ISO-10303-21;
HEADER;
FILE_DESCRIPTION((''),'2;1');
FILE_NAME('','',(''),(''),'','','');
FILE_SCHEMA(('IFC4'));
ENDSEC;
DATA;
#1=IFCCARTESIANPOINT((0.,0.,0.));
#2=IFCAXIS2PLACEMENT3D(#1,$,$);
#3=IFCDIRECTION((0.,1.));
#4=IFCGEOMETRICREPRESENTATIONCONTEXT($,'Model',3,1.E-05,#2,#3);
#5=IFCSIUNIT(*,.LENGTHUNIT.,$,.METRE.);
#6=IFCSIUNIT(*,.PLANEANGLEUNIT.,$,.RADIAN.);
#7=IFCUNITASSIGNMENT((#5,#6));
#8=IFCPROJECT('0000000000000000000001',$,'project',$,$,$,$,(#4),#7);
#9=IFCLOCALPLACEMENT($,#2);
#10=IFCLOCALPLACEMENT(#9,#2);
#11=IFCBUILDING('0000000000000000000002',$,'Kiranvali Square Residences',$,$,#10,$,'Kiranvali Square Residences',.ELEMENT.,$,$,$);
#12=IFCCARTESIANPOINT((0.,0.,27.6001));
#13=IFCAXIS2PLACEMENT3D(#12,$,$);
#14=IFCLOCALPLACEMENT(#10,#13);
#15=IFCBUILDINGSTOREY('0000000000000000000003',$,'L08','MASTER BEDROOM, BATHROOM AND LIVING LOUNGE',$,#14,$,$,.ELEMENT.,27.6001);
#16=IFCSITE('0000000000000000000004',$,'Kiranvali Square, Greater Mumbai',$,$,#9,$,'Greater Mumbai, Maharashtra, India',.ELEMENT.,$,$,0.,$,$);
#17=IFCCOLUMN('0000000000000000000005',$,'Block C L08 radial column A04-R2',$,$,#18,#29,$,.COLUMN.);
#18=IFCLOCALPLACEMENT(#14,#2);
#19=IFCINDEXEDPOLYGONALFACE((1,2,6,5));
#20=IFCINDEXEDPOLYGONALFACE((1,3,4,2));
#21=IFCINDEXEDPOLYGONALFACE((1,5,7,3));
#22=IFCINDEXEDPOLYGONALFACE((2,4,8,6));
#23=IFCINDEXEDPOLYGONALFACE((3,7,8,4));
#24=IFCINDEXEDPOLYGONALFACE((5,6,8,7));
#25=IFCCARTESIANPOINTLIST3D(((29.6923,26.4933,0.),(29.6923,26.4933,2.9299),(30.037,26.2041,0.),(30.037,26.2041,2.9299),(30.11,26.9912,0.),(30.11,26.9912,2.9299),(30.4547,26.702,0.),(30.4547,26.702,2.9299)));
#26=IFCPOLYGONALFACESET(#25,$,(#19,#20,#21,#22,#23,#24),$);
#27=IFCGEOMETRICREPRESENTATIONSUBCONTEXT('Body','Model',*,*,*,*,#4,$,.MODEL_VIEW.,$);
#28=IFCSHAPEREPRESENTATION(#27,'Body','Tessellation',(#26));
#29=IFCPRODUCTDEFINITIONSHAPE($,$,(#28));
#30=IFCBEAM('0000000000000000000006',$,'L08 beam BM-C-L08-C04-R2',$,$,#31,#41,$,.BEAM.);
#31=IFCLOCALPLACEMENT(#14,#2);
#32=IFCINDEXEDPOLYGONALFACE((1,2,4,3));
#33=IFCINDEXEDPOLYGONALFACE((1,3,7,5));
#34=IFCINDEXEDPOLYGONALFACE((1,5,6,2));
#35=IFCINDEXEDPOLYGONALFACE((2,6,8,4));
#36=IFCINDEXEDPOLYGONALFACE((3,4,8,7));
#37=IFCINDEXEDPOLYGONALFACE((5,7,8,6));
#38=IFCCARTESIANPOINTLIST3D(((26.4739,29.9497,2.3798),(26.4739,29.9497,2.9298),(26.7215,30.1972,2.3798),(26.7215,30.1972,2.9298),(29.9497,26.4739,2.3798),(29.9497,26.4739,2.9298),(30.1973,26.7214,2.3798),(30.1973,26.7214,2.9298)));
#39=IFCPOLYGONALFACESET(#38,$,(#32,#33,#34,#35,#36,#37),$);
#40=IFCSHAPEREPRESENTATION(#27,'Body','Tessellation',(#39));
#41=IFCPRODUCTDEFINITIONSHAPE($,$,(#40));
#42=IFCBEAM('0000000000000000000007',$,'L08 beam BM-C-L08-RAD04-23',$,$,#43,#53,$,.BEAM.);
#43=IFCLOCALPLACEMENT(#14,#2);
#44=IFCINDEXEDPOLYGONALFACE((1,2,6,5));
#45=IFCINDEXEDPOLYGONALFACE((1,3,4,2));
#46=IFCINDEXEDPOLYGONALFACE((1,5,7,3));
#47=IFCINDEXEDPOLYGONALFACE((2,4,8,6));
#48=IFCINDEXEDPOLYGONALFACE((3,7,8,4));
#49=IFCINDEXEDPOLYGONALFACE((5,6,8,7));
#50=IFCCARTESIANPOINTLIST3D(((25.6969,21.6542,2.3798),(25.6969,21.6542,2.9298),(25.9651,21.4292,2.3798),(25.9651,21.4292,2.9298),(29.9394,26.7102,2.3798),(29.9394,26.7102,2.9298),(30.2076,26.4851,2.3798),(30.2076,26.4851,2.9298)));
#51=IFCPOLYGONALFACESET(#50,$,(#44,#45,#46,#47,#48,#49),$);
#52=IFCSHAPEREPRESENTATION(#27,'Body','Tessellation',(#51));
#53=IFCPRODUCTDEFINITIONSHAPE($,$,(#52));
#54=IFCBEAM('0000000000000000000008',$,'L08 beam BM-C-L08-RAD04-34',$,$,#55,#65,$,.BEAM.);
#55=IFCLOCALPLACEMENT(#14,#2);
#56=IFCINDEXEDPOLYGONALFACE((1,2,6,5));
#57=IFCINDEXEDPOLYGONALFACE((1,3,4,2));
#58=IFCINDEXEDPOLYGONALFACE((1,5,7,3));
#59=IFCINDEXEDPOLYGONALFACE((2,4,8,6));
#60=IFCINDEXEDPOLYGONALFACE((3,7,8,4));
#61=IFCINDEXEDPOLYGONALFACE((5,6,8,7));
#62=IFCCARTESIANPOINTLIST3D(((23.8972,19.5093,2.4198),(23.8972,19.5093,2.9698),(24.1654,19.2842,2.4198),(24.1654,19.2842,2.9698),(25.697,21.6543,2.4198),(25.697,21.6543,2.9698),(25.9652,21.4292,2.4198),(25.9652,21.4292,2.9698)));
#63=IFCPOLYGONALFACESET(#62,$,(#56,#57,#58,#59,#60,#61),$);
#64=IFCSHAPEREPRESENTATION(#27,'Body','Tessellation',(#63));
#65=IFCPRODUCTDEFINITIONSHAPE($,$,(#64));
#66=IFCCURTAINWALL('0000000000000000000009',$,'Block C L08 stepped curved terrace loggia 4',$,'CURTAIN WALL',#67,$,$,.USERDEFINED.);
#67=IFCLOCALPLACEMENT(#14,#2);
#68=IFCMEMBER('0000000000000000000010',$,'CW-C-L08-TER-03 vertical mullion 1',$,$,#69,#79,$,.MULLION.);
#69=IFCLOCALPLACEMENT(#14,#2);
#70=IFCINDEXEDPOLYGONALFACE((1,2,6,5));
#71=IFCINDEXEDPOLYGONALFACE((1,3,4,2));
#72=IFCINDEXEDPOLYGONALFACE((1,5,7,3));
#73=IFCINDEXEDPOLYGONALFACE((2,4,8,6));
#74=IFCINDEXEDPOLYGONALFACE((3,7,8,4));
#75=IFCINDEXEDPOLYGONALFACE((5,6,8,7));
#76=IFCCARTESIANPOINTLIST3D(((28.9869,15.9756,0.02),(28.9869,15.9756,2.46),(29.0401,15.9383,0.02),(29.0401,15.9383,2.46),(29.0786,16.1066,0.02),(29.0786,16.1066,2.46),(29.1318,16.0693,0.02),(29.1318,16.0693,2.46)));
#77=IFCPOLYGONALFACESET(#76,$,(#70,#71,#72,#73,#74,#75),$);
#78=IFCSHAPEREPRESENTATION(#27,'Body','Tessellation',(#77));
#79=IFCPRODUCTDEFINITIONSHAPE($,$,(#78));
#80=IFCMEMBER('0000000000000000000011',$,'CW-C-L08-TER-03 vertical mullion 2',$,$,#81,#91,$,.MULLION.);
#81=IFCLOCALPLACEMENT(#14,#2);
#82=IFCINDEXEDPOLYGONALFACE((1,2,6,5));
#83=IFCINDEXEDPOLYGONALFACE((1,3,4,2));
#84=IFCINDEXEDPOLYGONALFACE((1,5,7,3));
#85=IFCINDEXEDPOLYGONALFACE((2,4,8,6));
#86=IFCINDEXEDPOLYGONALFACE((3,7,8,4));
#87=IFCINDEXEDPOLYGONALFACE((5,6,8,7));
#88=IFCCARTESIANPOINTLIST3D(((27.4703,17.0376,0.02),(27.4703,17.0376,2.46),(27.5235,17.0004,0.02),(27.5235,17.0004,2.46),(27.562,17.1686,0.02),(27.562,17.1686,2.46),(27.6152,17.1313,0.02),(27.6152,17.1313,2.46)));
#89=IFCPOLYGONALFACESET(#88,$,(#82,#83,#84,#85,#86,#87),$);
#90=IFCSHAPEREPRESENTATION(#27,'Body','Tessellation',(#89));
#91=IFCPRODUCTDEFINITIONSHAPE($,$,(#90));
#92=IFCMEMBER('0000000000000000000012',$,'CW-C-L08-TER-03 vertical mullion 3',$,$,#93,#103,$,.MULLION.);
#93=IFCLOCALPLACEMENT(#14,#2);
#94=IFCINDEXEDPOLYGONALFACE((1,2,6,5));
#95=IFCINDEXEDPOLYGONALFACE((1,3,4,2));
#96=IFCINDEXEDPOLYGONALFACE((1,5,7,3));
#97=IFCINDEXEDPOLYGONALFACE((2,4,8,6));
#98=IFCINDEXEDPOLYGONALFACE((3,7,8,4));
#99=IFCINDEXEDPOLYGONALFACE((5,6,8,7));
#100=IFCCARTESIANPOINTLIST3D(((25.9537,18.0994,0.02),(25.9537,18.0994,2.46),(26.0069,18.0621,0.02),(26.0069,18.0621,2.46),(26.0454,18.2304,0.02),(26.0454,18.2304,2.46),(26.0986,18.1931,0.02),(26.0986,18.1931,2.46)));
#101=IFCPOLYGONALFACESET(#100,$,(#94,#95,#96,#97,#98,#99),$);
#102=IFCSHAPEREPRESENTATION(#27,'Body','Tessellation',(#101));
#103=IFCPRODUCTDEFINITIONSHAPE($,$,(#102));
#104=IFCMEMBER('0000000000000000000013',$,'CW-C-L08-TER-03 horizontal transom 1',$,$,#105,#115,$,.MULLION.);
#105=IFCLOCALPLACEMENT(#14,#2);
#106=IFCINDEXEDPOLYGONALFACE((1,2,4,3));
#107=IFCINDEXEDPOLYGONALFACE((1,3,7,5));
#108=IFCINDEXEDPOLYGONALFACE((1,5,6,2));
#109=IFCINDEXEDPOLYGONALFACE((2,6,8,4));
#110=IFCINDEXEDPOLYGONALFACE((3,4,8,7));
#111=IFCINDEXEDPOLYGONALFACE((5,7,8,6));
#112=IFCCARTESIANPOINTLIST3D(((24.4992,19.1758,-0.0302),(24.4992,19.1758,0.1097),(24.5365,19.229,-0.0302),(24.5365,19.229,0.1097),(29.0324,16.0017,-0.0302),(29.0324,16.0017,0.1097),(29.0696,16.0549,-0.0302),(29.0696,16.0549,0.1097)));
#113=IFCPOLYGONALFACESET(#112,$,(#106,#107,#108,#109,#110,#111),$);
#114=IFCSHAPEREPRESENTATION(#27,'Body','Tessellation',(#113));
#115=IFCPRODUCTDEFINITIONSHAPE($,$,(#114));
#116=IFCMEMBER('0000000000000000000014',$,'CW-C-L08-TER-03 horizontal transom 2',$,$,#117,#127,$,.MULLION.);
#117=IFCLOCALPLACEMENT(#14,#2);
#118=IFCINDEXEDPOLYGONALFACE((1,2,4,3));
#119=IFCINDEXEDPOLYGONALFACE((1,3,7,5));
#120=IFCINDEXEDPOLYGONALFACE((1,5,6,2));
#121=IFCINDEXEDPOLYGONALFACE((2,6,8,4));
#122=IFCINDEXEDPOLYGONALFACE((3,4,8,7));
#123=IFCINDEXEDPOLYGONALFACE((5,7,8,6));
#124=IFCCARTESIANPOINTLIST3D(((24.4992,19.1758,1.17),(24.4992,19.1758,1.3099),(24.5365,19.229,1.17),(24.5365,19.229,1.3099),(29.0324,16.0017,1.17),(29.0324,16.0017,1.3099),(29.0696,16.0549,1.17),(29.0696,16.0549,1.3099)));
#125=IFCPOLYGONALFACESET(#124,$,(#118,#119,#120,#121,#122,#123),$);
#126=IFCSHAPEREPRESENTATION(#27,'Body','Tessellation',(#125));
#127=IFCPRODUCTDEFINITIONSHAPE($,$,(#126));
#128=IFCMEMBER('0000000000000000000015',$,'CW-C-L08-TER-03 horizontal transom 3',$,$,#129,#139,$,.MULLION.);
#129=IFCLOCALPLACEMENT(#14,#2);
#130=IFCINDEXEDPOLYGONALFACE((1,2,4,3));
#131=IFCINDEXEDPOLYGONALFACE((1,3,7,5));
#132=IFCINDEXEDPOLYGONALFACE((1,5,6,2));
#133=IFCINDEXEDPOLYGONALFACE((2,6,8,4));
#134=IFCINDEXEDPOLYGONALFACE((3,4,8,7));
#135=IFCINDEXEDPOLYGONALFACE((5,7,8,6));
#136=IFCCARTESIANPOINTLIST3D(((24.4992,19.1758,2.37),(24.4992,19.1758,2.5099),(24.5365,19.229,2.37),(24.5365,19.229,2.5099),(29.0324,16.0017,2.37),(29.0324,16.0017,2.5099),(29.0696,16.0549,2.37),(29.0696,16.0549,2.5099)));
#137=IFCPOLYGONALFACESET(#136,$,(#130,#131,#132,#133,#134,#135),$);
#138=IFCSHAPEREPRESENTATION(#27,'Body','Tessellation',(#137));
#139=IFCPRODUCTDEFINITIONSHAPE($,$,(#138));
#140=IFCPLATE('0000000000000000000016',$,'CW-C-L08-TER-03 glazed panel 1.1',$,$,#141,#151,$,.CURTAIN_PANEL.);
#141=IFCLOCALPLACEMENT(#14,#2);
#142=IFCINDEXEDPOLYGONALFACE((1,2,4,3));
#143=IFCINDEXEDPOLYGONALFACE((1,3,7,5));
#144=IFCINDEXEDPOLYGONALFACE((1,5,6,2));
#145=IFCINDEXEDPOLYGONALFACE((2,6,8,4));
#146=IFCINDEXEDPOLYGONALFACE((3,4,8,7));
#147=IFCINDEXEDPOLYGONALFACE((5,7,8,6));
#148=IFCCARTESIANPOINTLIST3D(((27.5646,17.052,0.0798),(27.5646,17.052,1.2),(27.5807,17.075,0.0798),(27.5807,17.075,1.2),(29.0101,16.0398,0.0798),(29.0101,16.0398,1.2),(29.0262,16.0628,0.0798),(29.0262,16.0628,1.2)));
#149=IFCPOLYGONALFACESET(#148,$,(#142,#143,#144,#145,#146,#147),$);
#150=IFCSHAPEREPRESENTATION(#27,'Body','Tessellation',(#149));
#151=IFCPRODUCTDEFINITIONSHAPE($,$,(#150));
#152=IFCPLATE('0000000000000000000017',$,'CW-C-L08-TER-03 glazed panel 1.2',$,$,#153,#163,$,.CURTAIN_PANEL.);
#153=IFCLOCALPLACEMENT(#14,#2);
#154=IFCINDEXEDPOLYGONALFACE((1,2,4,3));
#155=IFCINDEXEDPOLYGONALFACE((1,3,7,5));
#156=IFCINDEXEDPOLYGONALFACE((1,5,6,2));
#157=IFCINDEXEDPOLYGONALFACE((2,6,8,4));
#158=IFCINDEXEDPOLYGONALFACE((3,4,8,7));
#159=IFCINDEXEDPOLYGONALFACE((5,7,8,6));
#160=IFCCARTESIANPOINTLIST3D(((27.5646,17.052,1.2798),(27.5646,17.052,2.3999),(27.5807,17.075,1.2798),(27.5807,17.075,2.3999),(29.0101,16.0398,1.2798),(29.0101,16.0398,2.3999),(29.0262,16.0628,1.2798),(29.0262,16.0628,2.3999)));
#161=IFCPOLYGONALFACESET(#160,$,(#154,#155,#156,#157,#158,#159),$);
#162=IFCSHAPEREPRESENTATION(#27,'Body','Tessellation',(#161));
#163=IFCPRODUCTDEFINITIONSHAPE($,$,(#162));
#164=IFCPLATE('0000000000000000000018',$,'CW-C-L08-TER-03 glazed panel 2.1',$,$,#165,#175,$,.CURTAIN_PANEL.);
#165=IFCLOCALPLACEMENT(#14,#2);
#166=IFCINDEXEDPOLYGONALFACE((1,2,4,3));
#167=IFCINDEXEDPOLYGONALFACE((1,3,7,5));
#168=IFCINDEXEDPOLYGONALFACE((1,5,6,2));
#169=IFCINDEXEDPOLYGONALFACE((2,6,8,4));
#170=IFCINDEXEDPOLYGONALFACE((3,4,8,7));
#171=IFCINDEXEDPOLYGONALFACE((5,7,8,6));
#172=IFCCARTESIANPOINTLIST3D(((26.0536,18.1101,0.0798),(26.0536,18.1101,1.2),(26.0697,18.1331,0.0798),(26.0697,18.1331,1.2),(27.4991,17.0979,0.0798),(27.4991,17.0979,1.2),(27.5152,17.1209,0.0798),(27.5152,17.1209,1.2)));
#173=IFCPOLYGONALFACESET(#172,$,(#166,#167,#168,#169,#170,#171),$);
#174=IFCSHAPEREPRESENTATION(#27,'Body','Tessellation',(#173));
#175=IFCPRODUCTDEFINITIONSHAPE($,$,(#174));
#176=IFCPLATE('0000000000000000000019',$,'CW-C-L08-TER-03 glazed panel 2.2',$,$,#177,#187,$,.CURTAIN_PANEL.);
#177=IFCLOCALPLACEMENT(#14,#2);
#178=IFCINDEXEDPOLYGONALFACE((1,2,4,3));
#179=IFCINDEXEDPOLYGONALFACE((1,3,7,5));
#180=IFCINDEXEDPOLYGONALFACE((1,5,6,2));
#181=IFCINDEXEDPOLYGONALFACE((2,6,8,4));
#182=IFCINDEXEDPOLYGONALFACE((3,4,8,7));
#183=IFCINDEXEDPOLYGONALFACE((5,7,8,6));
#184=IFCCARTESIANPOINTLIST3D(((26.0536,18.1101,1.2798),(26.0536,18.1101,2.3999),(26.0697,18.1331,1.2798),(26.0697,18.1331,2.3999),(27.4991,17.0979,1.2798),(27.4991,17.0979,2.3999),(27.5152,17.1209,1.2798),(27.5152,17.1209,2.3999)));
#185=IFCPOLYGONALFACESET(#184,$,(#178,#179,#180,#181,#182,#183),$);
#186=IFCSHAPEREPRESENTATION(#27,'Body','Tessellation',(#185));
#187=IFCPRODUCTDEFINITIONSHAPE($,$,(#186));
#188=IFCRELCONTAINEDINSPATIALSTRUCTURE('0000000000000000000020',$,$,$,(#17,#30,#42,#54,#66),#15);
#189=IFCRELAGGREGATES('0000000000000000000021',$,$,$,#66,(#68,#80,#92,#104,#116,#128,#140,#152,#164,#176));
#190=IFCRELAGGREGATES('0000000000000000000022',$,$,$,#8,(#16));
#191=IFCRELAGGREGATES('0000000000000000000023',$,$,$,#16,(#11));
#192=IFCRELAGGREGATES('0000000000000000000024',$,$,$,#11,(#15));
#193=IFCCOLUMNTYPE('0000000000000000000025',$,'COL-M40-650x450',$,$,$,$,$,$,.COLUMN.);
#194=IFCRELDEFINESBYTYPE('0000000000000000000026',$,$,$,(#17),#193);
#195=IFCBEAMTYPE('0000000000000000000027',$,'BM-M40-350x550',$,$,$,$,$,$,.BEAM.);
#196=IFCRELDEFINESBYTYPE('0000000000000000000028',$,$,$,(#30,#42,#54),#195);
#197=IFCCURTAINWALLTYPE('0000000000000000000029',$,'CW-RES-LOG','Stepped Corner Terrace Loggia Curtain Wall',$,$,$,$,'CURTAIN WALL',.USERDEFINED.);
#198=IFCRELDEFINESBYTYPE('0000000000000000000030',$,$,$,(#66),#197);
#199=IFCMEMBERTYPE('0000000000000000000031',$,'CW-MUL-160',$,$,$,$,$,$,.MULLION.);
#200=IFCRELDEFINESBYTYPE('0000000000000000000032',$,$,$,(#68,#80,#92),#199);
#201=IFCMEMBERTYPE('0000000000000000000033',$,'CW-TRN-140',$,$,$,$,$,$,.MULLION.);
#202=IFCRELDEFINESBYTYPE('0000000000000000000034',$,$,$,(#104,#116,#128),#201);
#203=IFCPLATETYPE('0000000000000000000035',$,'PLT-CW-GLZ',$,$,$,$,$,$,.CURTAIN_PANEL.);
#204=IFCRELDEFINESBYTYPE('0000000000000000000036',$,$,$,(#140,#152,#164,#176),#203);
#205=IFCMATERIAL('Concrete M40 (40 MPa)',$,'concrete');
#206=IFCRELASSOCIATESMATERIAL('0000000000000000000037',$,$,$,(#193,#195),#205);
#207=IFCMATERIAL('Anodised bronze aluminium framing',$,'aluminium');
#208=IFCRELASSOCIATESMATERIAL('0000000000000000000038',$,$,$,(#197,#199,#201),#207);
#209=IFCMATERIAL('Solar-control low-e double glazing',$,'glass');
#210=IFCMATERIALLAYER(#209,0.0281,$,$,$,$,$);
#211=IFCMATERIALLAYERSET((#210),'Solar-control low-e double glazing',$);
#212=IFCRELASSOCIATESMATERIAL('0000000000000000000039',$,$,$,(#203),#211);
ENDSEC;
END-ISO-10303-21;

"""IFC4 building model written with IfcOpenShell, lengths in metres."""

from ifc_helpers import new_model, si_unit, direction, frame, origin, origin_2d, place, context, subcontext, project, spatial, rectangle, extrude, material, layer, layer_set, material_profile, profile_set, type_object, element, aggregate, save


model = new_model("IFC4")

# Units and contexts
model_context = context("Model", 3, precision=1e-05, world=origin(), true_north=direction((0.0, 1.0)))
body_context = subcontext(model_context, "Body", "Model", "MODEL_VIEW")
ifc_project = project(units=[si_unit("LENGTHUNIT", "METRE"), si_unit("PLANEANGLEUNIT", "RADIAN")], contexts=[model_context])

# Site, building, storey
site_placement = place(None, origin())
site = spatial("IfcSite", under=ifc_project, at=site_placement, Name="Kiranvali Square, Greater Mumbai", LongName="Greater Mumbai, Maharashtra, India", CompositionType="ELEMENT", RefElevation=0.0)
building_placement = place(site_placement, origin())
building = spatial("IfcBuilding", under=site, at=building_placement, Name="Kiranvali Square Residences", LongName="Kiranvali Square Residences", CompositionType="ELEMENT")
storey_placement = place(building_placement, frame((0.0, 0.0, 27.6001)))
storey = spatial("IfcBuildingStorey", under=building, at=storey_placement, Name="L08", Description="MASTER BEDROOM, BATHROOM AND LIVING LOUNGE", CompositionType="ELEMENT", Elevation=27.6001)

# Column
ifc_material_1 = material(Name="Concrete M40 (40 MPa)", Category="concrete")
ifc_material_profile_1 = material_profile(ifc_material_1, rectangle(XDim=0.45, YDim=0.6499, at=origin_2d()), Name="RC 650x450")
ifc_profile_set_1 = profile_set([ifc_material_profile_1], Name="Concrete M40 (40 MPa)")
column_type = type_object("IfcColumnType", Name="COL-M40-650x450", PredefinedType="COLUMN", material=ifc_profile_set_1)
column_placement = place(storey_placement, frame((30.0735, 26.5977, 0.0), z_axis=(0.0, 0.0, 1.0), x_axis=(-0.766044, 0.642788, 0.0)))
element("IfcColumn", 1, at=column_placement, inside=storey, type_object=column_type, Name="Block C L08 radial column A04-R2", PredefinedType="COLUMN", context=body_context, shape_type="SweptSolid", body=[
    extrude(rectangle(XDim=0.45, YDim=0.6499, at=origin_2d()), origin(), (0.0, 0.0, 1.0), 2.9299),
])

# Beams
ifc_material_profile_2 = material_profile(ifc_material_1, rectangle(XDim=0.3501, YDim=0.55, at=origin_2d()), Name="RC 350x550")
ifc_profile_set_2 = profile_set([ifc_material_profile_2], Name="Concrete M40 (40 MPa)")
beam_type = type_object("IfcBeamType", Name="BM-M40-350x550", PredefinedType="BEAM", material=ifc_profile_set_2)
beam_1_placement = place(storey_placement, frame((30.0735, 26.5977, 2.6548), z_axis=(-0.707107, 0.707107, 0.0), x_axis=(-0.707107, -0.707107, 0.0)))
element("IfcBeam", 2, at=beam_1_placement, inside=storey, type_object=beam_type, Name="L08 beam BM-C-L08-C04-R2", PredefinedType="BEAM", context=body_context, shape_type="SweptSolid", body=[
    extrude(rectangle(XDim=0.3501, YDim=0.55, at=origin_2d()), origin(), (0.0, 0.0, 1.0), 4.9155),
])
beam_2_placement = place(storey_placement, frame((30.0735, 26.5977, 2.6548), z_axis=(-0.642789, -0.766043, 0.0), x_axis=(0.766043, -0.642789, 0.0)))
element("IfcBeam", 3, at=beam_2_placement, inside=storey, type_object=beam_type, Name="L08 beam BM-C-L08-RAD04-23", PredefinedType="BEAM", context=body_context, shape_type="SweptSolid", body=[
    extrude(rectangle(XDim=0.3501, YDim=0.55, at=origin_2d()), origin(), (0.0, 0.0, 1.0), 6.6001),
])
beam_3_placement = place(storey_placement, frame((25.8311, 21.5417, 2.6948), z_axis=(-0.642771, -0.766059, 0.0), x_axis=(0.766059, -0.642771, 0.0)))
element("IfcBeam", 4, at=beam_3_placement, inside=storey, type_object=beam_type, Name="L08 beam BM-C-L08-RAD04-34", PredefinedType="BEAM", context=body_context, shape_type="SweptSolid", body=[
    extrude(rectangle(XDim=0.3501, YDim=0.55, at=origin_2d()), origin(), (0.0, 0.0, 1.0), 2.8),
])

# Curtain wall, members, plates
ifc_material_2 = material(Name="Anodised bronze aluminium framing", Category="aluminium")
curtain_wall_type = type_object("IfcCurtainWallType", Name="CW-RES-LOG", Description="Stepped Corner Terrace Loggia Curtain Wall", ElementType="CURTAIN WALL", PredefinedType="USERDEFINED", material=ifc_material_2)
curtain_wall_placement = place(storey_placement, origin())
curtain_wall = element("IfcCurtainWall", 5, at=curtain_wall_placement, inside=storey, type_object=curtain_wall_type, Name="Block C L08 stepped curved terrace loggia 4", ObjectType="CURTAIN WALL", PredefinedType="USERDEFINED")
ifc_material_profile_3 = material_profile(ifc_material_2, rectangle(XDim=0.0649, YDim=0.1599, at=origin_2d()), Name="ALU 65x160")
ifc_profile_set_3 = profile_set([ifc_material_profile_3], Name="Anodised bronze aluminium framing")
member_type_1 = type_object("IfcMemberType", Name="CW-MUL-160", PredefinedType="MULLION", material=ifc_profile_set_3)
member_1_placement = place(storey_placement, frame((29.0593, 16.0225, 0.02), z_axis=(0.0, 0.0, 1.0), x_axis=(-0.819152, 0.573576, 0.0)))
member_1 = element("IfcMember", 6, at=member_1_placement, type_object=member_type_1, Name="CW-C-L08-TER-03 vertical mullion 1", PredefinedType="MULLION", context=body_context, shape_type="SweptSolid", body=[
    extrude(rectangle(XDim=0.0649, YDim=0.1599, at=origin_2d()), origin(), (0.0, 0.0, 1.0), 2.4399),
])
member_2_placement = place(storey_placement, frame((27.5427, 17.0845, 0.02), z_axis=(0.0, 0.0, 1.0), x_axis=(-0.819152, 0.573576, 0.0)))
member_2 = element("IfcMember", 7, at=member_2_placement, type_object=member_type_1, Name="CW-C-L08-TER-03 vertical mullion 2", PredefinedType="MULLION", context=body_context, shape_type="SweptSolid", body=[
    extrude(rectangle(XDim=0.0649, YDim=0.1599, at=origin_2d()), origin(), (0.0, 0.0, 1.0), 2.4399),
])
member_3_placement = place(storey_placement, frame((26.0261, 18.1462, 0.02), z_axis=(0.0, 0.0, 1.0), x_axis=(-0.819152, 0.573576, 0.0)))
member_3 = element("IfcMember", 8, at=member_3_placement, type_object=member_type_1, Name="CW-C-L08-TER-03 vertical mullion 3", PredefinedType="MULLION", context=body_context, shape_type="SweptSolid", body=[
    extrude(rectangle(XDim=0.0649, YDim=0.1599, at=origin_2d()), origin(), (0.0, 0.0, 1.0), 2.4399),
])
ifc_material_profile_4 = material_profile(ifc_material_2, rectangle(XDim=0.0649, YDim=0.1399, at=origin_2d()), Name="ALU 65x140")
ifc_profile_set_4 = profile_set([ifc_material_profile_4], Name="Anodised bronze aluminium framing")
member_type_2 = type_object("IfcMemberType", Name="CW-TRN-140", PredefinedType="MULLION", material=ifc_profile_set_4)
member_4_placement = place(storey_placement, frame((29.051, 16.0283, 0.0398), z_axis=(-0.819161, 0.573563, 0.0), x_axis=(-0.573563, -0.819161, 0.0)))
member_4 = element("IfcMember", 9, at=member_4_placement, type_object=member_type_2, Name="CW-C-L08-TER-03 horizontal transom 1", PredefinedType="MULLION", context=body_context, shape_type="SweptSolid", body=[
    extrude(rectangle(XDim=0.0649, YDim=0.1399, at=origin_2d()), origin(), (0.0, 0.0, 1.0), 5.5339),
])
member_5_placement = place(storey_placement, frame((29.051, 16.0283, 1.24), z_axis=(-0.819161, 0.573563, 0.0), x_axis=(-0.573563, -0.819161, 0.0)))
member_5 = element("IfcMember", 10, at=member_5_placement, type_object=member_type_2, Name="CW-C-L08-TER-03 horizontal transom 2", PredefinedType="MULLION", context=body_context, shape_type="SweptSolid", body=[
    extrude(rectangle(XDim=0.0649, YDim=0.1399, at=origin_2d()), origin(), (0.0, 0.0, 1.0), 5.5339),
])
member_6_placement = place(storey_placement, frame((29.051, 16.0283, 2.4399), z_axis=(-0.819161, 0.573563, 0.0), x_axis=(-0.573563, -0.819161, 0.0)))
member_6 = element("IfcMember", 11, at=member_6_placement, type_object=member_type_2, Name="CW-C-L08-TER-03 horizontal transom 3", PredefinedType="MULLION", context=body_context, shape_type="SweptSolid", body=[
    extrude(rectangle(XDim=0.0649, YDim=0.1399, at=origin_2d()), origin(), (0.0, 0.0, 1.0), 5.5339),
])
ifc_material_3 = material(Name="Solar-control low-e double glazing", Category="glass")
ifc_layer_1 = layer(ifc_material_3, 0.0281)
ifc_layer_set_1 = layer_set([ifc_layer_1], Name="Solar-control low-e double glazing")
plate_type = type_object("IfcPlateType", Name="PLT-CW-GLZ", PredefinedType="CURTAIN_PANEL", material=ifc_layer_set_1)
plate_1_placement = place(storey_placement, frame((28.2954, 16.5574, 0.0798), z_axis=(0.0, 0.0, 1.0), x_axis=(-0.819152, 0.573576, 0.0)))
plate_1 = element("IfcPlate", 12, at=plate_1_placement, type_object=plate_type, Name="CW-C-L08-TER-03 glazed panel 1.1", PredefinedType="CURTAIN_PANEL", context=body_context, shape_type="SweptSolid", body=[
    extrude(rectangle(XDim=1.7646, YDim=0.0281, at=origin_2d()), origin(), (0.0, 0.0, 1.0), 1.1201),
])
plate_2_placement = place(storey_placement, frame((28.2954, 16.5574, 1.2798), z_axis=(0.0, 0.0, 1.0), x_axis=(-0.819152, 0.573576, 0.0)))
plate_2 = element("IfcPlate", 13, at=plate_2_placement, type_object=plate_type, Name="CW-C-L08-TER-03 glazed panel 1.2", PredefinedType="CURTAIN_PANEL", context=body_context, shape_type="SweptSolid", body=[
    extrude(rectangle(XDim=1.7646, YDim=0.0281, at=origin_2d()), origin(), (0.0, 0.0, 1.0), 1.1201),
])
plate_3_placement = place(storey_placement, frame((26.7844, 17.6155, 0.0798), z_axis=(0.0, 0.0, 1.0), x_axis=(-0.819152, 0.573576, 0.0)))
plate_3 = element("IfcPlate", 14, at=plate_3_placement, type_object=plate_type, Name="CW-C-L08-TER-03 glazed panel 2.1", PredefinedType="CURTAIN_PANEL", context=body_context, shape_type="SweptSolid", body=[
    extrude(rectangle(XDim=1.7646, YDim=0.0281, at=origin_2d()), origin(), (0.0, 0.0, 1.0), 1.1201),
])
plate_4_placement = place(storey_placement, frame((26.7844, 17.6155, 1.2798), z_axis=(0.0, 0.0, 1.0), x_axis=(-0.819152, 0.573576, 0.0)))
plate_4 = element("IfcPlate", 15, at=plate_4_placement, type_object=plate_type, Name="CW-C-L08-TER-03 glazed panel 2.2", PredefinedType="CURTAIN_PANEL", context=body_context, shape_type="SweptSolid", body=[
    extrude(rectangle(XDim=1.7646, YDim=0.0281, at=origin_2d()), origin(), (0.0, 0.0, 1.0), 1.1201),
])
aggregate(curtain_wall, [member_1, member_2, member_3, member_4, member_5, member_6, plate_1, plate_2, plate_3, plate_4])

save(model, "model.ifc")
